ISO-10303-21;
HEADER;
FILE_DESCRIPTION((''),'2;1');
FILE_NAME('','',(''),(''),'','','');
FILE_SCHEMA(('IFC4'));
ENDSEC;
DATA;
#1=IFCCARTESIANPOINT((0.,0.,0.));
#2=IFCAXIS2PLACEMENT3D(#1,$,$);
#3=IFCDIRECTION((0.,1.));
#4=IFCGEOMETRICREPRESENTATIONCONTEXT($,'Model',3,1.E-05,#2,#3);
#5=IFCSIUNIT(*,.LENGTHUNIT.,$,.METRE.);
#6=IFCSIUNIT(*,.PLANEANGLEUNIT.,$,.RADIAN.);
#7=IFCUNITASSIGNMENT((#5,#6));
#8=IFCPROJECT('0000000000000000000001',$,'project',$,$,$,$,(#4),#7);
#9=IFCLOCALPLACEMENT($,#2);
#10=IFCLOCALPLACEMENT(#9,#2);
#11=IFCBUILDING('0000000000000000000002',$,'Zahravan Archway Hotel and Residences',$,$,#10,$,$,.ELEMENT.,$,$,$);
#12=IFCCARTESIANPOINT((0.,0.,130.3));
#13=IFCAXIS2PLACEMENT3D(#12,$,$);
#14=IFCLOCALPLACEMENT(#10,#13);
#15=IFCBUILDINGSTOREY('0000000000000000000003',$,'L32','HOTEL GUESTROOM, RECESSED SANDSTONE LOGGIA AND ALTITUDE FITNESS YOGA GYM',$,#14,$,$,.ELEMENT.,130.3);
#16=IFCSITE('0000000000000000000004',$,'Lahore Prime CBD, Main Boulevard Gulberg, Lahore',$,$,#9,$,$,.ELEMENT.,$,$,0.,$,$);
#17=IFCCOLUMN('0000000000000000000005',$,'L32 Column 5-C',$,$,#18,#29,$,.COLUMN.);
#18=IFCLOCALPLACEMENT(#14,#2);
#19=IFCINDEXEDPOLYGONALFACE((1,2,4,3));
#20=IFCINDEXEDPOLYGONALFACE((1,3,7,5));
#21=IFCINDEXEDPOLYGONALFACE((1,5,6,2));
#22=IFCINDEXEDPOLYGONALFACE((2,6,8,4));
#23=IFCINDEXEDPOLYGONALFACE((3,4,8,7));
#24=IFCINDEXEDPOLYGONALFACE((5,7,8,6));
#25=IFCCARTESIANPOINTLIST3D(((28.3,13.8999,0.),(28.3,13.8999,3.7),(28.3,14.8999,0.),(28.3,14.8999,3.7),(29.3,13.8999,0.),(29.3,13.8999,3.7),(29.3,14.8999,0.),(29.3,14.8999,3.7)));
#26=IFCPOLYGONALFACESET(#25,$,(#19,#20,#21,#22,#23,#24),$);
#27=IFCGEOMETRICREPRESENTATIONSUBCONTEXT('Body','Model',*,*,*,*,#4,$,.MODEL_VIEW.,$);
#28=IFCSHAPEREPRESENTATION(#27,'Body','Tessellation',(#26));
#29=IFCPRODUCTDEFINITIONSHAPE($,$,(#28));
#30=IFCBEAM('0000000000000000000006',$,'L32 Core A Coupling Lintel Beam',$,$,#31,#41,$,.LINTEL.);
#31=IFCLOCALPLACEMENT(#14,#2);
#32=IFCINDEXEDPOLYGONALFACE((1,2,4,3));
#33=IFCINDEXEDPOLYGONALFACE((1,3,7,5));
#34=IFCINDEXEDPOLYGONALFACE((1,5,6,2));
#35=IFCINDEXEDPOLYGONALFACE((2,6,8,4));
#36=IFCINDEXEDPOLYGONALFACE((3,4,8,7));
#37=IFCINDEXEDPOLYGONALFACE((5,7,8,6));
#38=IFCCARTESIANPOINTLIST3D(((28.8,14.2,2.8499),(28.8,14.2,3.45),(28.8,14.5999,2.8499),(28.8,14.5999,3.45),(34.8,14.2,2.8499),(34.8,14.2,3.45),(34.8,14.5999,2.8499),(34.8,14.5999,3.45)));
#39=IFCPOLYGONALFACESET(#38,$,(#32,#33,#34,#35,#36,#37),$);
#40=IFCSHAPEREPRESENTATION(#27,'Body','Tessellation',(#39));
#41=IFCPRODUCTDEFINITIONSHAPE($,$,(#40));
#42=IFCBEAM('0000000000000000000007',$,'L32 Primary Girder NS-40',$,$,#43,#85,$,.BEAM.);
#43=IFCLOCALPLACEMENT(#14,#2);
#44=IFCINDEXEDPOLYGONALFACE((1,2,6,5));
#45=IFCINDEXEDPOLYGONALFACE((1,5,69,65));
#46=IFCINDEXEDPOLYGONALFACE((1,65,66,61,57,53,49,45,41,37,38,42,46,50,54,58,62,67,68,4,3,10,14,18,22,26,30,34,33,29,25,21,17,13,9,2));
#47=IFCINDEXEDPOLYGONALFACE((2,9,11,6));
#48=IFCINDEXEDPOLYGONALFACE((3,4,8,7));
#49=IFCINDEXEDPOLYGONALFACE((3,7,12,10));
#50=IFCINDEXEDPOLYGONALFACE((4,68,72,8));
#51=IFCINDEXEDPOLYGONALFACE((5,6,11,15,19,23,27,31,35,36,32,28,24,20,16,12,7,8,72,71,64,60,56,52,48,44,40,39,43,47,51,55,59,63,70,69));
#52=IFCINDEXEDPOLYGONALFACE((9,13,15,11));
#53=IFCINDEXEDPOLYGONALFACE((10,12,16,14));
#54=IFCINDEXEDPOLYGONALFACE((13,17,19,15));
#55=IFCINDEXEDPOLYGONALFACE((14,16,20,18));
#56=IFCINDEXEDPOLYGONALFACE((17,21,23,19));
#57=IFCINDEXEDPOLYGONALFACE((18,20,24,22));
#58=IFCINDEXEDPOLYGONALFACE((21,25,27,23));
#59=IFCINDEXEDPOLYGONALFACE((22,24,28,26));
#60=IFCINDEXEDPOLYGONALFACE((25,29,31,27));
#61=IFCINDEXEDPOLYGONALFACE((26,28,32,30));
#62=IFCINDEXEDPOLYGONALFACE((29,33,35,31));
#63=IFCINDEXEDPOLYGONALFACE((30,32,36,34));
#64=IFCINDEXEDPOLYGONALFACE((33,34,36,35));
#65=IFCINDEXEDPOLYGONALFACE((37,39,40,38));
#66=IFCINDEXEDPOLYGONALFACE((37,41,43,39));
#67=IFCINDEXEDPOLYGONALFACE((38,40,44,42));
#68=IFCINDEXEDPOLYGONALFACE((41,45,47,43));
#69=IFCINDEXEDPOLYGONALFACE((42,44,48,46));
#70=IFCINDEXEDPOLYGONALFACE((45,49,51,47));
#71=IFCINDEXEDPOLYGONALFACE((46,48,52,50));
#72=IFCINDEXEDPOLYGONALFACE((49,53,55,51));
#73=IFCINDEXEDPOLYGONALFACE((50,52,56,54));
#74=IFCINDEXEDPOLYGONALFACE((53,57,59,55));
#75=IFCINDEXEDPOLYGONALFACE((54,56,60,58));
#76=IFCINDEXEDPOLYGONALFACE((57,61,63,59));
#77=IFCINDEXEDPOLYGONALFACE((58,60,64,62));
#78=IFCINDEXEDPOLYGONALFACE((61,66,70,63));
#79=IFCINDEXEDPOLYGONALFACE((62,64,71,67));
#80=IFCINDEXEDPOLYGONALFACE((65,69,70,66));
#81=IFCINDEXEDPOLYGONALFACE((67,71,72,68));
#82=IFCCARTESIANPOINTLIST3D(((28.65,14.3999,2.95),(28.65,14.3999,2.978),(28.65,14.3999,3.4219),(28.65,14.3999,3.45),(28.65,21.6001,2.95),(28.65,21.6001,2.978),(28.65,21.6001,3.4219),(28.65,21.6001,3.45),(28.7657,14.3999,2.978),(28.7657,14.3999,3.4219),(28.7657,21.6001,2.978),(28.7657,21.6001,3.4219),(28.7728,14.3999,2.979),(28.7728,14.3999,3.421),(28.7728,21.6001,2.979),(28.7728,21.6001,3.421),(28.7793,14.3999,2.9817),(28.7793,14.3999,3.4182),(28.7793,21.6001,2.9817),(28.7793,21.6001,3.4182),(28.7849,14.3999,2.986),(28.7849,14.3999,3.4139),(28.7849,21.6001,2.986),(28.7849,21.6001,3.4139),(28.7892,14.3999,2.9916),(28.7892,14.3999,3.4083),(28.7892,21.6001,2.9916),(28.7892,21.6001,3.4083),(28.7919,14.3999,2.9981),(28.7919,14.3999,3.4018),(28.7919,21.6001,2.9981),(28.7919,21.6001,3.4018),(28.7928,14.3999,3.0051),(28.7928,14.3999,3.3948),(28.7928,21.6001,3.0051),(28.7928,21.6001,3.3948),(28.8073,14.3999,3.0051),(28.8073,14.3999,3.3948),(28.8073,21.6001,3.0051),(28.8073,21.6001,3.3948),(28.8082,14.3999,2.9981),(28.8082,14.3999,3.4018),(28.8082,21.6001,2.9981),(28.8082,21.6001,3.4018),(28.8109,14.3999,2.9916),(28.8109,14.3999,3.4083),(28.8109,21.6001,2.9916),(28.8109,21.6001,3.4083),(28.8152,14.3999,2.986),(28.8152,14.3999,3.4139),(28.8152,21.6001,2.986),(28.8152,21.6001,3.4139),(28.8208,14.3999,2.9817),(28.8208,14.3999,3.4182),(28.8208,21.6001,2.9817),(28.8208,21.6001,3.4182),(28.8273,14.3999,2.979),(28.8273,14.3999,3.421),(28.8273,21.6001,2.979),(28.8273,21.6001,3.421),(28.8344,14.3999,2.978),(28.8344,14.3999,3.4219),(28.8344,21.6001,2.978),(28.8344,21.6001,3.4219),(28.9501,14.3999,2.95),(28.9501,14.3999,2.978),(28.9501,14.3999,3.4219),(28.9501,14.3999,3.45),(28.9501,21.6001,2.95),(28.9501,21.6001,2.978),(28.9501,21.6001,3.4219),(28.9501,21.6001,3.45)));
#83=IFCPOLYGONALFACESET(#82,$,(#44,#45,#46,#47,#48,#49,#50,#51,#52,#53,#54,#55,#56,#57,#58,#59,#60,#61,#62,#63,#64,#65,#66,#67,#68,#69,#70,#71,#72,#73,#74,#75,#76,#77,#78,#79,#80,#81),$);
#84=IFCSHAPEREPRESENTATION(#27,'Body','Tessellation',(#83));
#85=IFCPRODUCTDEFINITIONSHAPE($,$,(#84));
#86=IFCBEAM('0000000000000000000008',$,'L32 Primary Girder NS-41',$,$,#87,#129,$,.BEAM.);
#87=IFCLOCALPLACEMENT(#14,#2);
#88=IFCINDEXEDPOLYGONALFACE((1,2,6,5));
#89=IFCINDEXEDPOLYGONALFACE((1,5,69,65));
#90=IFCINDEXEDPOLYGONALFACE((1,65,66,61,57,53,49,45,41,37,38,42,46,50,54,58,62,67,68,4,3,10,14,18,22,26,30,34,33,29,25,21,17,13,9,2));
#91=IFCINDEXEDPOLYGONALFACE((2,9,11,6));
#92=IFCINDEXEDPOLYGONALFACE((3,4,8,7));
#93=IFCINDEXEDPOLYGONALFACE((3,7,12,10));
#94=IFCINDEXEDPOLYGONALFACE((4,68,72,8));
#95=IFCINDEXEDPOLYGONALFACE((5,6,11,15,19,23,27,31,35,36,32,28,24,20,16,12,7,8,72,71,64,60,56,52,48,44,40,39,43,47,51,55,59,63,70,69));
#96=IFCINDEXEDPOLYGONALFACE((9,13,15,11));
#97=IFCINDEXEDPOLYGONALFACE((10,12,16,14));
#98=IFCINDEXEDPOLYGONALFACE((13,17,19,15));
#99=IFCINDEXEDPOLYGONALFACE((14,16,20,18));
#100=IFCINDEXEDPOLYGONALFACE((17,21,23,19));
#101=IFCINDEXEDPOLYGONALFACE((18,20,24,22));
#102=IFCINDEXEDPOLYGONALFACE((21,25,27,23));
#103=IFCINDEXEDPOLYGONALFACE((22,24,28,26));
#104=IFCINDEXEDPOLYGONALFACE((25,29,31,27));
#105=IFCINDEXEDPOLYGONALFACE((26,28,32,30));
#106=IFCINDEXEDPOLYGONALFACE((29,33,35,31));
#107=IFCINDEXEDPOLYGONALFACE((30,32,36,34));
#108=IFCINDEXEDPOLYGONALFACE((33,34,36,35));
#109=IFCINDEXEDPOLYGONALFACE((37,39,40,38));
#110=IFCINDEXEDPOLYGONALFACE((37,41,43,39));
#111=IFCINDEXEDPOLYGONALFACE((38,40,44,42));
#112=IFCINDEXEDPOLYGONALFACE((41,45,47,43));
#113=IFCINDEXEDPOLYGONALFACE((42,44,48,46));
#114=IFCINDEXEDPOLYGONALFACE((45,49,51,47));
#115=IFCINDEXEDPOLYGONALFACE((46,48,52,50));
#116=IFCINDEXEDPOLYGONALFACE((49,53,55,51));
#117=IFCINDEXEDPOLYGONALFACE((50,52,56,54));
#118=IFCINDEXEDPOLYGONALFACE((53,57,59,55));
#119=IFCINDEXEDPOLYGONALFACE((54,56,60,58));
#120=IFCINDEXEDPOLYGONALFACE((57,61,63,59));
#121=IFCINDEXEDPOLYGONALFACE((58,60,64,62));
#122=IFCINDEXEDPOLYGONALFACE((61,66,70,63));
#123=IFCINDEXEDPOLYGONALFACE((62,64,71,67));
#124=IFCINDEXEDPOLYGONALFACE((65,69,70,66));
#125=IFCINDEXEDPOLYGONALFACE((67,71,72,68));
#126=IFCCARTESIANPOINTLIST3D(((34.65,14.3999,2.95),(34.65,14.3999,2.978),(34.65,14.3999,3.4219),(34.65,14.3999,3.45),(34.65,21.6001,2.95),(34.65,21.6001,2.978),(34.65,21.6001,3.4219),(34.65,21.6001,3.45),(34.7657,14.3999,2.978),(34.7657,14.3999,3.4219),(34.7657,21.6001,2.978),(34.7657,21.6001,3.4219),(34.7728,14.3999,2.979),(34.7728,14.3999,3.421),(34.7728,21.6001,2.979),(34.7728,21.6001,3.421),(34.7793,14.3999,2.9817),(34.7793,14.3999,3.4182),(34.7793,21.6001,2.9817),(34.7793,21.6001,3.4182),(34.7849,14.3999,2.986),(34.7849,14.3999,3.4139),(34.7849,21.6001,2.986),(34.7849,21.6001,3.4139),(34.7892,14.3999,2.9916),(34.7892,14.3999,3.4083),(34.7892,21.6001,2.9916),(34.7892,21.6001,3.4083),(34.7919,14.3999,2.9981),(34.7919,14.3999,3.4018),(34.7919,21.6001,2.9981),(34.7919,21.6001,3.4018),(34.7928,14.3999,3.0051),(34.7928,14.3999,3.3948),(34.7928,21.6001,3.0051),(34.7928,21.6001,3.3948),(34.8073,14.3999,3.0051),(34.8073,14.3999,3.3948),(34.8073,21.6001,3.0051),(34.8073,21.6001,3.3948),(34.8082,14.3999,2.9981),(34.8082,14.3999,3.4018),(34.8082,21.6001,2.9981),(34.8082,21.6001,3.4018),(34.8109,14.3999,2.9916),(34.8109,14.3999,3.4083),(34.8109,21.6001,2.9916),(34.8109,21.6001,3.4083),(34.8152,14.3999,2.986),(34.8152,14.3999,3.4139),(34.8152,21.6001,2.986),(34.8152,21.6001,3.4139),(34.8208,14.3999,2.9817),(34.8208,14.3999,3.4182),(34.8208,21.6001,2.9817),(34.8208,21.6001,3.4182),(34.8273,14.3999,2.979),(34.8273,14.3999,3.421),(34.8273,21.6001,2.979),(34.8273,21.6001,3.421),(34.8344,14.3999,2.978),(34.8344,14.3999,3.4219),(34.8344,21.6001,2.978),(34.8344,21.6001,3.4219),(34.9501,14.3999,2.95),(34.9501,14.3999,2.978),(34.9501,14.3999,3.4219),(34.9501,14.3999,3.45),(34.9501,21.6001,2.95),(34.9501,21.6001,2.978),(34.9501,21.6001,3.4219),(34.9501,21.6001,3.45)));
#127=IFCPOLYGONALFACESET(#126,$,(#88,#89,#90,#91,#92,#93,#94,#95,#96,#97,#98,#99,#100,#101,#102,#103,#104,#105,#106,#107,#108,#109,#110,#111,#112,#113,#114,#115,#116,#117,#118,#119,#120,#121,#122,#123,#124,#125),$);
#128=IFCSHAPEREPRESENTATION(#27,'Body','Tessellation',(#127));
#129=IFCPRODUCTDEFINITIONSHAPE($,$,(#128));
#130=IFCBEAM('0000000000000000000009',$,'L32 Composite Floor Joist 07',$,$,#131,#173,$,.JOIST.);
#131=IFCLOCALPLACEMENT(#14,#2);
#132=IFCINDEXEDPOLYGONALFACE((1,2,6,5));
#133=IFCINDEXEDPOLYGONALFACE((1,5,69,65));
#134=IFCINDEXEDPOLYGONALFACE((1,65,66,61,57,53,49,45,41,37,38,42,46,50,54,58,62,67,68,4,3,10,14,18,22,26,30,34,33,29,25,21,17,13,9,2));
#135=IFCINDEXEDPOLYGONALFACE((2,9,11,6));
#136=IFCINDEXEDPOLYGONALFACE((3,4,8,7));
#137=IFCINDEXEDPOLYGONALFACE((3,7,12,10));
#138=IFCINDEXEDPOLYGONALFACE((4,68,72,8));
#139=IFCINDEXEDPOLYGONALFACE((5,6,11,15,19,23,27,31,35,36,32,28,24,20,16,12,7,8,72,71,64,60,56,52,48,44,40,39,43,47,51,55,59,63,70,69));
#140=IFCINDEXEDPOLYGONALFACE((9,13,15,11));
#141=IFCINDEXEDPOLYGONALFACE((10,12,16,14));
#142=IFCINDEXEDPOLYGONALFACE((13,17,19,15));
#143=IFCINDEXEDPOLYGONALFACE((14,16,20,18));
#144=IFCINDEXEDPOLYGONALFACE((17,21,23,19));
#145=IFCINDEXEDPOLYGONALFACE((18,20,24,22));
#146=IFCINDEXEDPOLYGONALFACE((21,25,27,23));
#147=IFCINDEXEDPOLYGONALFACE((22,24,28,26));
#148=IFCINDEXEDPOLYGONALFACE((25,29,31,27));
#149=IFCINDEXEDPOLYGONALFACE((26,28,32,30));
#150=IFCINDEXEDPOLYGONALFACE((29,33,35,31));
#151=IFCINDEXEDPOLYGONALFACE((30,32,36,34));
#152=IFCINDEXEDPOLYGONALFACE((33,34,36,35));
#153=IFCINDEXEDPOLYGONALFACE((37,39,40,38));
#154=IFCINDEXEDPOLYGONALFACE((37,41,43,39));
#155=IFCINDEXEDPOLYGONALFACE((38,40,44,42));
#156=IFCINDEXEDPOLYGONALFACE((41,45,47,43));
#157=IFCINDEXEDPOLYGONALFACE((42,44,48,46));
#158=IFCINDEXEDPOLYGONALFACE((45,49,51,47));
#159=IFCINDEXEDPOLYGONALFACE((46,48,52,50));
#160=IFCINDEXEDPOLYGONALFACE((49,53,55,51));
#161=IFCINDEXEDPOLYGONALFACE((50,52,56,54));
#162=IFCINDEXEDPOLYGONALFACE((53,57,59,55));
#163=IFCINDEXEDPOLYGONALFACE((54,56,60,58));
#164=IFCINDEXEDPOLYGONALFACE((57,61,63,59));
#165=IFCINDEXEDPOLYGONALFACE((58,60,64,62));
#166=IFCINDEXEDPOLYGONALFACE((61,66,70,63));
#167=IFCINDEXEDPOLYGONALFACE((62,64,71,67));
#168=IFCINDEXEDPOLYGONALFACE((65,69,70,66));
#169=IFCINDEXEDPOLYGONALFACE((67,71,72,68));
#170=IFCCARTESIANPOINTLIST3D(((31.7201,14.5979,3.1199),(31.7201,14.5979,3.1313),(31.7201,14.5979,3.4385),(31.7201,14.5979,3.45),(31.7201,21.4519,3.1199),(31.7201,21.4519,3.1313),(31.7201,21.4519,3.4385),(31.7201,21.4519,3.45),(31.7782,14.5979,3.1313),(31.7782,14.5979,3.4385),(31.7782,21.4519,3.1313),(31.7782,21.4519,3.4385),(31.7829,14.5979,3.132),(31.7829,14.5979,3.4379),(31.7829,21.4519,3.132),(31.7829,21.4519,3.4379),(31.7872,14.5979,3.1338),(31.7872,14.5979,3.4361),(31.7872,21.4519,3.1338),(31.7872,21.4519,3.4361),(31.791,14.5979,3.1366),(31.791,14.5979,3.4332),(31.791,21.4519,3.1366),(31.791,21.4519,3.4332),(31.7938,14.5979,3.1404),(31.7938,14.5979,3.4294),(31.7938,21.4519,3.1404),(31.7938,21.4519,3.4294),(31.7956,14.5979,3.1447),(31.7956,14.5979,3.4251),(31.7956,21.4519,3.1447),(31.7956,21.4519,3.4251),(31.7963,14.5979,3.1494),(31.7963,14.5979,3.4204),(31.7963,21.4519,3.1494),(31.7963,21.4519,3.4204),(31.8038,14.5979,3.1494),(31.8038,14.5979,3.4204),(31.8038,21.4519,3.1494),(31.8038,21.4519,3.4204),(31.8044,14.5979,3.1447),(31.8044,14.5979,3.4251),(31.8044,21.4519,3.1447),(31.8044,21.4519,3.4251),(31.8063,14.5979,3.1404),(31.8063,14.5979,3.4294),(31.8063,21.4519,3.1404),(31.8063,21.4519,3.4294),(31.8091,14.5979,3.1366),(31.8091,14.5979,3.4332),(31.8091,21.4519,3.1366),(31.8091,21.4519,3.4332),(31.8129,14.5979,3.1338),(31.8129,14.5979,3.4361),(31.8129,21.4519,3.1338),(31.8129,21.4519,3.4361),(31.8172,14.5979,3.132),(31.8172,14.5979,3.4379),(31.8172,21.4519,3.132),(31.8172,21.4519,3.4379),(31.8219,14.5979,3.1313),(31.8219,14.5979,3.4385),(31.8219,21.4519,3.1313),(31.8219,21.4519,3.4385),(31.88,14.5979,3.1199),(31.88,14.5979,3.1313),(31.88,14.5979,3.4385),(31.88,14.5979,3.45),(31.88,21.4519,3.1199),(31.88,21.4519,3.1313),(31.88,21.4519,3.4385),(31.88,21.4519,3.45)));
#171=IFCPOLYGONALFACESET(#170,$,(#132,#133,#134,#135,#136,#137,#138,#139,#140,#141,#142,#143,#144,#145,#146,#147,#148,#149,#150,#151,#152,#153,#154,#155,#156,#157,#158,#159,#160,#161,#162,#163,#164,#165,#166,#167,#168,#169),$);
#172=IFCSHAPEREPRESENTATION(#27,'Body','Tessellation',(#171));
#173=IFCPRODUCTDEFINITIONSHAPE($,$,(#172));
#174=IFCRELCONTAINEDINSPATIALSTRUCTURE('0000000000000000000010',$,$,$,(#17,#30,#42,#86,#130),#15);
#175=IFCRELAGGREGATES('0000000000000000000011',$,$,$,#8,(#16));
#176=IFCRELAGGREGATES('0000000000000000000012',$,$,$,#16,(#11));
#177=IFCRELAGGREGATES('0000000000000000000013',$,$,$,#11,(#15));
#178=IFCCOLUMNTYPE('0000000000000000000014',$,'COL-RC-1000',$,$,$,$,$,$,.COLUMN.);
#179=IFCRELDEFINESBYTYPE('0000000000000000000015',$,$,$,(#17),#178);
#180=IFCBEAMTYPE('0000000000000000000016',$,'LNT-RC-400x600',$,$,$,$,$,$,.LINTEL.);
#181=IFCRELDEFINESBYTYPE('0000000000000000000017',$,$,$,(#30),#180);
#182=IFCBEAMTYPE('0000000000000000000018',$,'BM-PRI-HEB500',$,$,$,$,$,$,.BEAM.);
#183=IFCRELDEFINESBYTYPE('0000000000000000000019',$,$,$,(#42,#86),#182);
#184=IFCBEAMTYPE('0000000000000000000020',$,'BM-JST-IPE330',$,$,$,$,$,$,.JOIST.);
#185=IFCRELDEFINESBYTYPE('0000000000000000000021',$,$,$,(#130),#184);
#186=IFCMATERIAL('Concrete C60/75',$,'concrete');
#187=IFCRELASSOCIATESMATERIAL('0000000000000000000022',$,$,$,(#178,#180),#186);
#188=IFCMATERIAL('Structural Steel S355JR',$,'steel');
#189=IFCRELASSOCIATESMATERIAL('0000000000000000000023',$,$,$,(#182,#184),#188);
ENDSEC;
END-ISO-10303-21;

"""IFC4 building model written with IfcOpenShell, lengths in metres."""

from ifc_helpers import new_model, si_unit, direction, frame, origin, origin_2d, place, context, subcontext, project, spatial, rectangle, i_section, extrude, source, transform, mapped, material, material_profile, profile_set, type_object, type_shapes, element, save


model = new_model("IFC4")

# Units and contexts
model_context = context("Model", 3, precision=1e-05, world=origin(), true_north=direction((0.0, 1.0)))
body_context = subcontext(model_context, "Body", "Model", "MODEL_VIEW")
ifc_project = project(units=[si_unit("LENGTHUNIT", "METRE"), si_unit("PLANEANGLEUNIT", "RADIAN")], contexts=[model_context])

# Site, building, storey
site_placement = place(None, origin())
site = spatial("IfcSite", under=ifc_project, at=site_placement, Name="Lahore Prime CBD, Main Boulevard Gulberg, Lahore", CompositionType="ELEMENT", RefElevation=0.0)
building_placement = place(site_placement, origin())
building = spatial("IfcBuilding", under=site, at=building_placement, Name="Zahravan Archway Hotel and Residences", CompositionType="ELEMENT")
storey_placement = place(building_placement, frame((0.0, 0.0, 130.3)))
storey = spatial("IfcBuildingStorey", under=building, at=storey_placement, Name="L32", Description="HOTEL GUESTROOM, RECESSED SANDSTONE LOGGIA AND ALTITUDE FITNESS YOGA GYM", CompositionType="ELEMENT", Elevation=130.3)

# Column
ifc_material_1 = material(Name="Concrete C60/75", Category="concrete")
ifc_material_profile_1 = material_profile(ifc_material_1, rectangle(XDim=1.0, YDim=1.0, at=origin_2d()), Name="RC-COL-1000x1000", Category="concrete")
ifc_profile_set_1 = profile_set([ifc_material_profile_1], Name="Concrete C60/75")
column_type = type_object("IfcColumnType", Name="COL-RC-1000", PredefinedType="COLUMN", material=ifc_profile_set_1)
shared_shape_1 = source(origin(), body_context, "Body", "SweptSolid", [
    extrude(rectangle(XDim=1.0, YDim=1.0, at=origin_2d()), origin(), (0.0, 0.0, 1.0), 3.7),
])
type_shapes(column_type, [shared_shape_1])
column_placement = place(storey_placement, frame((28.8, 14.3999, 0.0), z_axis=(0.0, 0.0, 1.0), x_axis=(1.0, 0.0, 0.0)))
element("IfcColumn", 1, at=column_placement, inside=storey, type_object=column_type, Name="L32 Column 5-C", PredefinedType="COLUMN", context=body_context, shape_type="MappedRepresentation", body=[
    mapped(shared_shape_1, transform((0.0, 0.0, 0.0), scale=1.0)),
])

# Beams
ifc_material_profile_2 = material_profile(ifc_material_1, rectangle(XDim=0.3999, YDim=0.6001, at=origin_2d()), Name="RC-LNT-400x600", Category="concrete")
ifc_profile_set_2 = profile_set([ifc_material_profile_2], Name="Concrete C60/75")
beam_type_1 = type_object("IfcBeamType", Name="LNT-RC-400x600", PredefinedType="LINTEL", material=ifc_profile_set_2)
shared_shape_2 = source(origin(), body_context, "Body", "SweptSolid", [
    extrude(rectangle(XDim=0.3999, YDim=0.6001, at=origin_2d()), origin(), (0.0, 0.0, 1.0), 6.0),
])
type_shapes(beam_type_1, [shared_shape_2])
beam_1_placement = place(storey_placement, frame((28.8, 14.3999, 3.1499), z_axis=(1.0, 0.0, 0.0), x_axis=(0.0, 1.0, 0.0)))
element("IfcBeam", 2, at=beam_1_placement, inside=storey, type_object=beam_type_1, Name="L32 Core A Coupling Lintel Beam", PredefinedType="LINTEL", context=body_context, shape_type="MappedRepresentation", body=[
    mapped(shared_shape_2, transform((0.0, 0.0, 0.0), scale=1.0)),
])
ifc_material_2 = material(Name="Structural Steel S355JR", Category="steel")
ifc_material_profile_3 = material_profile(ifc_material_2, i_section(OverallWidth=0.3, OverallDepth=0.5, WebThickness=0.0144, FlangeThickness=0.0281, FilletRadius=0.0271, at=origin_2d()), Name="HEB 500", Category="steel")
ifc_profile_set_3 = profile_set([ifc_material_profile_3], Name="Structural Steel S355JR")
beam_type_2 = type_object("IfcBeamType", Name="BM-PRI-HEB500", PredefinedType="BEAM", material=ifc_profile_set_3)
shared_shape_3 = source(origin(), body_context, "Body", "SweptSolid", [
    extrude(i_section(OverallWidth=0.3, OverallDepth=0.5, WebThickness=0.0144, FlangeThickness=0.0281, FilletRadius=0.0271, at=origin_2d()), origin(), (0.0, 0.0, 1.0), 7.2002),
])
type_shapes(beam_type_2, [shared_shape_3])
for number, where, z_axis, x_axis, name in (
    (3, (28.8, 14.3999, 3.2), (0.0, 1.0, 0.0), (-1.0, 0.0, 0.0), "L32 Primary Girder NS-40"),
    (4, (34.8, 14.3999, 3.2), (0.0, 1.0, 0.0), (-1.0, 0.0, 0.0), "L32 Primary Girder NS-41"),
):
    element("IfcBeam", number, at=place(storey_placement, frame(where, z_axis=z_axis, x_axis=x_axis)), inside=storey, type_object=beam_type_2, Name=name, PredefinedType="BEAM", context=body_context, shape_type="MappedRepresentation", body=[
        mapped(shared_shape_3, transform((0.0, 0.0, 0.0), scale=1.0)),
    ])
ifc_material_profile_4 = material_profile(ifc_material_2, i_section(OverallWidth=0.1599, OverallDepth=0.3301, WebThickness=0.0076, FlangeThickness=0.0115, FilletRadius=0.0181, at=origin_2d()), Name="IPE 330", Category="steel")
ifc_profile_set_4 = profile_set([ifc_material_profile_4], Name="Structural Steel S355JR")
beam_type_3 = type_object("IfcBeamType", Name="BM-JST-IPE330", PredefinedType="JOIST", material=ifc_profile_set_4)
shared_shape_4 = source(origin(), body_context, "Body", "SweptSolid", [
    extrude(i_section(OverallWidth=0.1599, OverallDepth=0.3301, WebThickness=0.0076, FlangeThickness=0.0115, FilletRadius=0.0181, at=origin_2d()), origin(), (0.0, 0.0, 1.0), 6.854),
])
beam_2_placement = place(storey_placement, frame((31.8, 14.5979, 3.2849), z_axis=(0.0, 1.0, 0.0), x_axis=(-1.0, 0.0, 0.0)))
element("IfcBeam", 5, at=beam_2_placement, inside=storey, type_object=beam_type_3, Name="L32 Composite Floor Joist 07", PredefinedType="JOIST", context=body_context, shape_type="MappedRepresentation", body=[
    mapped(shared_shape_4, transform((0.0, 0.0, 0.0), scale=1.0)),
])

save(model, "model.ifc")
